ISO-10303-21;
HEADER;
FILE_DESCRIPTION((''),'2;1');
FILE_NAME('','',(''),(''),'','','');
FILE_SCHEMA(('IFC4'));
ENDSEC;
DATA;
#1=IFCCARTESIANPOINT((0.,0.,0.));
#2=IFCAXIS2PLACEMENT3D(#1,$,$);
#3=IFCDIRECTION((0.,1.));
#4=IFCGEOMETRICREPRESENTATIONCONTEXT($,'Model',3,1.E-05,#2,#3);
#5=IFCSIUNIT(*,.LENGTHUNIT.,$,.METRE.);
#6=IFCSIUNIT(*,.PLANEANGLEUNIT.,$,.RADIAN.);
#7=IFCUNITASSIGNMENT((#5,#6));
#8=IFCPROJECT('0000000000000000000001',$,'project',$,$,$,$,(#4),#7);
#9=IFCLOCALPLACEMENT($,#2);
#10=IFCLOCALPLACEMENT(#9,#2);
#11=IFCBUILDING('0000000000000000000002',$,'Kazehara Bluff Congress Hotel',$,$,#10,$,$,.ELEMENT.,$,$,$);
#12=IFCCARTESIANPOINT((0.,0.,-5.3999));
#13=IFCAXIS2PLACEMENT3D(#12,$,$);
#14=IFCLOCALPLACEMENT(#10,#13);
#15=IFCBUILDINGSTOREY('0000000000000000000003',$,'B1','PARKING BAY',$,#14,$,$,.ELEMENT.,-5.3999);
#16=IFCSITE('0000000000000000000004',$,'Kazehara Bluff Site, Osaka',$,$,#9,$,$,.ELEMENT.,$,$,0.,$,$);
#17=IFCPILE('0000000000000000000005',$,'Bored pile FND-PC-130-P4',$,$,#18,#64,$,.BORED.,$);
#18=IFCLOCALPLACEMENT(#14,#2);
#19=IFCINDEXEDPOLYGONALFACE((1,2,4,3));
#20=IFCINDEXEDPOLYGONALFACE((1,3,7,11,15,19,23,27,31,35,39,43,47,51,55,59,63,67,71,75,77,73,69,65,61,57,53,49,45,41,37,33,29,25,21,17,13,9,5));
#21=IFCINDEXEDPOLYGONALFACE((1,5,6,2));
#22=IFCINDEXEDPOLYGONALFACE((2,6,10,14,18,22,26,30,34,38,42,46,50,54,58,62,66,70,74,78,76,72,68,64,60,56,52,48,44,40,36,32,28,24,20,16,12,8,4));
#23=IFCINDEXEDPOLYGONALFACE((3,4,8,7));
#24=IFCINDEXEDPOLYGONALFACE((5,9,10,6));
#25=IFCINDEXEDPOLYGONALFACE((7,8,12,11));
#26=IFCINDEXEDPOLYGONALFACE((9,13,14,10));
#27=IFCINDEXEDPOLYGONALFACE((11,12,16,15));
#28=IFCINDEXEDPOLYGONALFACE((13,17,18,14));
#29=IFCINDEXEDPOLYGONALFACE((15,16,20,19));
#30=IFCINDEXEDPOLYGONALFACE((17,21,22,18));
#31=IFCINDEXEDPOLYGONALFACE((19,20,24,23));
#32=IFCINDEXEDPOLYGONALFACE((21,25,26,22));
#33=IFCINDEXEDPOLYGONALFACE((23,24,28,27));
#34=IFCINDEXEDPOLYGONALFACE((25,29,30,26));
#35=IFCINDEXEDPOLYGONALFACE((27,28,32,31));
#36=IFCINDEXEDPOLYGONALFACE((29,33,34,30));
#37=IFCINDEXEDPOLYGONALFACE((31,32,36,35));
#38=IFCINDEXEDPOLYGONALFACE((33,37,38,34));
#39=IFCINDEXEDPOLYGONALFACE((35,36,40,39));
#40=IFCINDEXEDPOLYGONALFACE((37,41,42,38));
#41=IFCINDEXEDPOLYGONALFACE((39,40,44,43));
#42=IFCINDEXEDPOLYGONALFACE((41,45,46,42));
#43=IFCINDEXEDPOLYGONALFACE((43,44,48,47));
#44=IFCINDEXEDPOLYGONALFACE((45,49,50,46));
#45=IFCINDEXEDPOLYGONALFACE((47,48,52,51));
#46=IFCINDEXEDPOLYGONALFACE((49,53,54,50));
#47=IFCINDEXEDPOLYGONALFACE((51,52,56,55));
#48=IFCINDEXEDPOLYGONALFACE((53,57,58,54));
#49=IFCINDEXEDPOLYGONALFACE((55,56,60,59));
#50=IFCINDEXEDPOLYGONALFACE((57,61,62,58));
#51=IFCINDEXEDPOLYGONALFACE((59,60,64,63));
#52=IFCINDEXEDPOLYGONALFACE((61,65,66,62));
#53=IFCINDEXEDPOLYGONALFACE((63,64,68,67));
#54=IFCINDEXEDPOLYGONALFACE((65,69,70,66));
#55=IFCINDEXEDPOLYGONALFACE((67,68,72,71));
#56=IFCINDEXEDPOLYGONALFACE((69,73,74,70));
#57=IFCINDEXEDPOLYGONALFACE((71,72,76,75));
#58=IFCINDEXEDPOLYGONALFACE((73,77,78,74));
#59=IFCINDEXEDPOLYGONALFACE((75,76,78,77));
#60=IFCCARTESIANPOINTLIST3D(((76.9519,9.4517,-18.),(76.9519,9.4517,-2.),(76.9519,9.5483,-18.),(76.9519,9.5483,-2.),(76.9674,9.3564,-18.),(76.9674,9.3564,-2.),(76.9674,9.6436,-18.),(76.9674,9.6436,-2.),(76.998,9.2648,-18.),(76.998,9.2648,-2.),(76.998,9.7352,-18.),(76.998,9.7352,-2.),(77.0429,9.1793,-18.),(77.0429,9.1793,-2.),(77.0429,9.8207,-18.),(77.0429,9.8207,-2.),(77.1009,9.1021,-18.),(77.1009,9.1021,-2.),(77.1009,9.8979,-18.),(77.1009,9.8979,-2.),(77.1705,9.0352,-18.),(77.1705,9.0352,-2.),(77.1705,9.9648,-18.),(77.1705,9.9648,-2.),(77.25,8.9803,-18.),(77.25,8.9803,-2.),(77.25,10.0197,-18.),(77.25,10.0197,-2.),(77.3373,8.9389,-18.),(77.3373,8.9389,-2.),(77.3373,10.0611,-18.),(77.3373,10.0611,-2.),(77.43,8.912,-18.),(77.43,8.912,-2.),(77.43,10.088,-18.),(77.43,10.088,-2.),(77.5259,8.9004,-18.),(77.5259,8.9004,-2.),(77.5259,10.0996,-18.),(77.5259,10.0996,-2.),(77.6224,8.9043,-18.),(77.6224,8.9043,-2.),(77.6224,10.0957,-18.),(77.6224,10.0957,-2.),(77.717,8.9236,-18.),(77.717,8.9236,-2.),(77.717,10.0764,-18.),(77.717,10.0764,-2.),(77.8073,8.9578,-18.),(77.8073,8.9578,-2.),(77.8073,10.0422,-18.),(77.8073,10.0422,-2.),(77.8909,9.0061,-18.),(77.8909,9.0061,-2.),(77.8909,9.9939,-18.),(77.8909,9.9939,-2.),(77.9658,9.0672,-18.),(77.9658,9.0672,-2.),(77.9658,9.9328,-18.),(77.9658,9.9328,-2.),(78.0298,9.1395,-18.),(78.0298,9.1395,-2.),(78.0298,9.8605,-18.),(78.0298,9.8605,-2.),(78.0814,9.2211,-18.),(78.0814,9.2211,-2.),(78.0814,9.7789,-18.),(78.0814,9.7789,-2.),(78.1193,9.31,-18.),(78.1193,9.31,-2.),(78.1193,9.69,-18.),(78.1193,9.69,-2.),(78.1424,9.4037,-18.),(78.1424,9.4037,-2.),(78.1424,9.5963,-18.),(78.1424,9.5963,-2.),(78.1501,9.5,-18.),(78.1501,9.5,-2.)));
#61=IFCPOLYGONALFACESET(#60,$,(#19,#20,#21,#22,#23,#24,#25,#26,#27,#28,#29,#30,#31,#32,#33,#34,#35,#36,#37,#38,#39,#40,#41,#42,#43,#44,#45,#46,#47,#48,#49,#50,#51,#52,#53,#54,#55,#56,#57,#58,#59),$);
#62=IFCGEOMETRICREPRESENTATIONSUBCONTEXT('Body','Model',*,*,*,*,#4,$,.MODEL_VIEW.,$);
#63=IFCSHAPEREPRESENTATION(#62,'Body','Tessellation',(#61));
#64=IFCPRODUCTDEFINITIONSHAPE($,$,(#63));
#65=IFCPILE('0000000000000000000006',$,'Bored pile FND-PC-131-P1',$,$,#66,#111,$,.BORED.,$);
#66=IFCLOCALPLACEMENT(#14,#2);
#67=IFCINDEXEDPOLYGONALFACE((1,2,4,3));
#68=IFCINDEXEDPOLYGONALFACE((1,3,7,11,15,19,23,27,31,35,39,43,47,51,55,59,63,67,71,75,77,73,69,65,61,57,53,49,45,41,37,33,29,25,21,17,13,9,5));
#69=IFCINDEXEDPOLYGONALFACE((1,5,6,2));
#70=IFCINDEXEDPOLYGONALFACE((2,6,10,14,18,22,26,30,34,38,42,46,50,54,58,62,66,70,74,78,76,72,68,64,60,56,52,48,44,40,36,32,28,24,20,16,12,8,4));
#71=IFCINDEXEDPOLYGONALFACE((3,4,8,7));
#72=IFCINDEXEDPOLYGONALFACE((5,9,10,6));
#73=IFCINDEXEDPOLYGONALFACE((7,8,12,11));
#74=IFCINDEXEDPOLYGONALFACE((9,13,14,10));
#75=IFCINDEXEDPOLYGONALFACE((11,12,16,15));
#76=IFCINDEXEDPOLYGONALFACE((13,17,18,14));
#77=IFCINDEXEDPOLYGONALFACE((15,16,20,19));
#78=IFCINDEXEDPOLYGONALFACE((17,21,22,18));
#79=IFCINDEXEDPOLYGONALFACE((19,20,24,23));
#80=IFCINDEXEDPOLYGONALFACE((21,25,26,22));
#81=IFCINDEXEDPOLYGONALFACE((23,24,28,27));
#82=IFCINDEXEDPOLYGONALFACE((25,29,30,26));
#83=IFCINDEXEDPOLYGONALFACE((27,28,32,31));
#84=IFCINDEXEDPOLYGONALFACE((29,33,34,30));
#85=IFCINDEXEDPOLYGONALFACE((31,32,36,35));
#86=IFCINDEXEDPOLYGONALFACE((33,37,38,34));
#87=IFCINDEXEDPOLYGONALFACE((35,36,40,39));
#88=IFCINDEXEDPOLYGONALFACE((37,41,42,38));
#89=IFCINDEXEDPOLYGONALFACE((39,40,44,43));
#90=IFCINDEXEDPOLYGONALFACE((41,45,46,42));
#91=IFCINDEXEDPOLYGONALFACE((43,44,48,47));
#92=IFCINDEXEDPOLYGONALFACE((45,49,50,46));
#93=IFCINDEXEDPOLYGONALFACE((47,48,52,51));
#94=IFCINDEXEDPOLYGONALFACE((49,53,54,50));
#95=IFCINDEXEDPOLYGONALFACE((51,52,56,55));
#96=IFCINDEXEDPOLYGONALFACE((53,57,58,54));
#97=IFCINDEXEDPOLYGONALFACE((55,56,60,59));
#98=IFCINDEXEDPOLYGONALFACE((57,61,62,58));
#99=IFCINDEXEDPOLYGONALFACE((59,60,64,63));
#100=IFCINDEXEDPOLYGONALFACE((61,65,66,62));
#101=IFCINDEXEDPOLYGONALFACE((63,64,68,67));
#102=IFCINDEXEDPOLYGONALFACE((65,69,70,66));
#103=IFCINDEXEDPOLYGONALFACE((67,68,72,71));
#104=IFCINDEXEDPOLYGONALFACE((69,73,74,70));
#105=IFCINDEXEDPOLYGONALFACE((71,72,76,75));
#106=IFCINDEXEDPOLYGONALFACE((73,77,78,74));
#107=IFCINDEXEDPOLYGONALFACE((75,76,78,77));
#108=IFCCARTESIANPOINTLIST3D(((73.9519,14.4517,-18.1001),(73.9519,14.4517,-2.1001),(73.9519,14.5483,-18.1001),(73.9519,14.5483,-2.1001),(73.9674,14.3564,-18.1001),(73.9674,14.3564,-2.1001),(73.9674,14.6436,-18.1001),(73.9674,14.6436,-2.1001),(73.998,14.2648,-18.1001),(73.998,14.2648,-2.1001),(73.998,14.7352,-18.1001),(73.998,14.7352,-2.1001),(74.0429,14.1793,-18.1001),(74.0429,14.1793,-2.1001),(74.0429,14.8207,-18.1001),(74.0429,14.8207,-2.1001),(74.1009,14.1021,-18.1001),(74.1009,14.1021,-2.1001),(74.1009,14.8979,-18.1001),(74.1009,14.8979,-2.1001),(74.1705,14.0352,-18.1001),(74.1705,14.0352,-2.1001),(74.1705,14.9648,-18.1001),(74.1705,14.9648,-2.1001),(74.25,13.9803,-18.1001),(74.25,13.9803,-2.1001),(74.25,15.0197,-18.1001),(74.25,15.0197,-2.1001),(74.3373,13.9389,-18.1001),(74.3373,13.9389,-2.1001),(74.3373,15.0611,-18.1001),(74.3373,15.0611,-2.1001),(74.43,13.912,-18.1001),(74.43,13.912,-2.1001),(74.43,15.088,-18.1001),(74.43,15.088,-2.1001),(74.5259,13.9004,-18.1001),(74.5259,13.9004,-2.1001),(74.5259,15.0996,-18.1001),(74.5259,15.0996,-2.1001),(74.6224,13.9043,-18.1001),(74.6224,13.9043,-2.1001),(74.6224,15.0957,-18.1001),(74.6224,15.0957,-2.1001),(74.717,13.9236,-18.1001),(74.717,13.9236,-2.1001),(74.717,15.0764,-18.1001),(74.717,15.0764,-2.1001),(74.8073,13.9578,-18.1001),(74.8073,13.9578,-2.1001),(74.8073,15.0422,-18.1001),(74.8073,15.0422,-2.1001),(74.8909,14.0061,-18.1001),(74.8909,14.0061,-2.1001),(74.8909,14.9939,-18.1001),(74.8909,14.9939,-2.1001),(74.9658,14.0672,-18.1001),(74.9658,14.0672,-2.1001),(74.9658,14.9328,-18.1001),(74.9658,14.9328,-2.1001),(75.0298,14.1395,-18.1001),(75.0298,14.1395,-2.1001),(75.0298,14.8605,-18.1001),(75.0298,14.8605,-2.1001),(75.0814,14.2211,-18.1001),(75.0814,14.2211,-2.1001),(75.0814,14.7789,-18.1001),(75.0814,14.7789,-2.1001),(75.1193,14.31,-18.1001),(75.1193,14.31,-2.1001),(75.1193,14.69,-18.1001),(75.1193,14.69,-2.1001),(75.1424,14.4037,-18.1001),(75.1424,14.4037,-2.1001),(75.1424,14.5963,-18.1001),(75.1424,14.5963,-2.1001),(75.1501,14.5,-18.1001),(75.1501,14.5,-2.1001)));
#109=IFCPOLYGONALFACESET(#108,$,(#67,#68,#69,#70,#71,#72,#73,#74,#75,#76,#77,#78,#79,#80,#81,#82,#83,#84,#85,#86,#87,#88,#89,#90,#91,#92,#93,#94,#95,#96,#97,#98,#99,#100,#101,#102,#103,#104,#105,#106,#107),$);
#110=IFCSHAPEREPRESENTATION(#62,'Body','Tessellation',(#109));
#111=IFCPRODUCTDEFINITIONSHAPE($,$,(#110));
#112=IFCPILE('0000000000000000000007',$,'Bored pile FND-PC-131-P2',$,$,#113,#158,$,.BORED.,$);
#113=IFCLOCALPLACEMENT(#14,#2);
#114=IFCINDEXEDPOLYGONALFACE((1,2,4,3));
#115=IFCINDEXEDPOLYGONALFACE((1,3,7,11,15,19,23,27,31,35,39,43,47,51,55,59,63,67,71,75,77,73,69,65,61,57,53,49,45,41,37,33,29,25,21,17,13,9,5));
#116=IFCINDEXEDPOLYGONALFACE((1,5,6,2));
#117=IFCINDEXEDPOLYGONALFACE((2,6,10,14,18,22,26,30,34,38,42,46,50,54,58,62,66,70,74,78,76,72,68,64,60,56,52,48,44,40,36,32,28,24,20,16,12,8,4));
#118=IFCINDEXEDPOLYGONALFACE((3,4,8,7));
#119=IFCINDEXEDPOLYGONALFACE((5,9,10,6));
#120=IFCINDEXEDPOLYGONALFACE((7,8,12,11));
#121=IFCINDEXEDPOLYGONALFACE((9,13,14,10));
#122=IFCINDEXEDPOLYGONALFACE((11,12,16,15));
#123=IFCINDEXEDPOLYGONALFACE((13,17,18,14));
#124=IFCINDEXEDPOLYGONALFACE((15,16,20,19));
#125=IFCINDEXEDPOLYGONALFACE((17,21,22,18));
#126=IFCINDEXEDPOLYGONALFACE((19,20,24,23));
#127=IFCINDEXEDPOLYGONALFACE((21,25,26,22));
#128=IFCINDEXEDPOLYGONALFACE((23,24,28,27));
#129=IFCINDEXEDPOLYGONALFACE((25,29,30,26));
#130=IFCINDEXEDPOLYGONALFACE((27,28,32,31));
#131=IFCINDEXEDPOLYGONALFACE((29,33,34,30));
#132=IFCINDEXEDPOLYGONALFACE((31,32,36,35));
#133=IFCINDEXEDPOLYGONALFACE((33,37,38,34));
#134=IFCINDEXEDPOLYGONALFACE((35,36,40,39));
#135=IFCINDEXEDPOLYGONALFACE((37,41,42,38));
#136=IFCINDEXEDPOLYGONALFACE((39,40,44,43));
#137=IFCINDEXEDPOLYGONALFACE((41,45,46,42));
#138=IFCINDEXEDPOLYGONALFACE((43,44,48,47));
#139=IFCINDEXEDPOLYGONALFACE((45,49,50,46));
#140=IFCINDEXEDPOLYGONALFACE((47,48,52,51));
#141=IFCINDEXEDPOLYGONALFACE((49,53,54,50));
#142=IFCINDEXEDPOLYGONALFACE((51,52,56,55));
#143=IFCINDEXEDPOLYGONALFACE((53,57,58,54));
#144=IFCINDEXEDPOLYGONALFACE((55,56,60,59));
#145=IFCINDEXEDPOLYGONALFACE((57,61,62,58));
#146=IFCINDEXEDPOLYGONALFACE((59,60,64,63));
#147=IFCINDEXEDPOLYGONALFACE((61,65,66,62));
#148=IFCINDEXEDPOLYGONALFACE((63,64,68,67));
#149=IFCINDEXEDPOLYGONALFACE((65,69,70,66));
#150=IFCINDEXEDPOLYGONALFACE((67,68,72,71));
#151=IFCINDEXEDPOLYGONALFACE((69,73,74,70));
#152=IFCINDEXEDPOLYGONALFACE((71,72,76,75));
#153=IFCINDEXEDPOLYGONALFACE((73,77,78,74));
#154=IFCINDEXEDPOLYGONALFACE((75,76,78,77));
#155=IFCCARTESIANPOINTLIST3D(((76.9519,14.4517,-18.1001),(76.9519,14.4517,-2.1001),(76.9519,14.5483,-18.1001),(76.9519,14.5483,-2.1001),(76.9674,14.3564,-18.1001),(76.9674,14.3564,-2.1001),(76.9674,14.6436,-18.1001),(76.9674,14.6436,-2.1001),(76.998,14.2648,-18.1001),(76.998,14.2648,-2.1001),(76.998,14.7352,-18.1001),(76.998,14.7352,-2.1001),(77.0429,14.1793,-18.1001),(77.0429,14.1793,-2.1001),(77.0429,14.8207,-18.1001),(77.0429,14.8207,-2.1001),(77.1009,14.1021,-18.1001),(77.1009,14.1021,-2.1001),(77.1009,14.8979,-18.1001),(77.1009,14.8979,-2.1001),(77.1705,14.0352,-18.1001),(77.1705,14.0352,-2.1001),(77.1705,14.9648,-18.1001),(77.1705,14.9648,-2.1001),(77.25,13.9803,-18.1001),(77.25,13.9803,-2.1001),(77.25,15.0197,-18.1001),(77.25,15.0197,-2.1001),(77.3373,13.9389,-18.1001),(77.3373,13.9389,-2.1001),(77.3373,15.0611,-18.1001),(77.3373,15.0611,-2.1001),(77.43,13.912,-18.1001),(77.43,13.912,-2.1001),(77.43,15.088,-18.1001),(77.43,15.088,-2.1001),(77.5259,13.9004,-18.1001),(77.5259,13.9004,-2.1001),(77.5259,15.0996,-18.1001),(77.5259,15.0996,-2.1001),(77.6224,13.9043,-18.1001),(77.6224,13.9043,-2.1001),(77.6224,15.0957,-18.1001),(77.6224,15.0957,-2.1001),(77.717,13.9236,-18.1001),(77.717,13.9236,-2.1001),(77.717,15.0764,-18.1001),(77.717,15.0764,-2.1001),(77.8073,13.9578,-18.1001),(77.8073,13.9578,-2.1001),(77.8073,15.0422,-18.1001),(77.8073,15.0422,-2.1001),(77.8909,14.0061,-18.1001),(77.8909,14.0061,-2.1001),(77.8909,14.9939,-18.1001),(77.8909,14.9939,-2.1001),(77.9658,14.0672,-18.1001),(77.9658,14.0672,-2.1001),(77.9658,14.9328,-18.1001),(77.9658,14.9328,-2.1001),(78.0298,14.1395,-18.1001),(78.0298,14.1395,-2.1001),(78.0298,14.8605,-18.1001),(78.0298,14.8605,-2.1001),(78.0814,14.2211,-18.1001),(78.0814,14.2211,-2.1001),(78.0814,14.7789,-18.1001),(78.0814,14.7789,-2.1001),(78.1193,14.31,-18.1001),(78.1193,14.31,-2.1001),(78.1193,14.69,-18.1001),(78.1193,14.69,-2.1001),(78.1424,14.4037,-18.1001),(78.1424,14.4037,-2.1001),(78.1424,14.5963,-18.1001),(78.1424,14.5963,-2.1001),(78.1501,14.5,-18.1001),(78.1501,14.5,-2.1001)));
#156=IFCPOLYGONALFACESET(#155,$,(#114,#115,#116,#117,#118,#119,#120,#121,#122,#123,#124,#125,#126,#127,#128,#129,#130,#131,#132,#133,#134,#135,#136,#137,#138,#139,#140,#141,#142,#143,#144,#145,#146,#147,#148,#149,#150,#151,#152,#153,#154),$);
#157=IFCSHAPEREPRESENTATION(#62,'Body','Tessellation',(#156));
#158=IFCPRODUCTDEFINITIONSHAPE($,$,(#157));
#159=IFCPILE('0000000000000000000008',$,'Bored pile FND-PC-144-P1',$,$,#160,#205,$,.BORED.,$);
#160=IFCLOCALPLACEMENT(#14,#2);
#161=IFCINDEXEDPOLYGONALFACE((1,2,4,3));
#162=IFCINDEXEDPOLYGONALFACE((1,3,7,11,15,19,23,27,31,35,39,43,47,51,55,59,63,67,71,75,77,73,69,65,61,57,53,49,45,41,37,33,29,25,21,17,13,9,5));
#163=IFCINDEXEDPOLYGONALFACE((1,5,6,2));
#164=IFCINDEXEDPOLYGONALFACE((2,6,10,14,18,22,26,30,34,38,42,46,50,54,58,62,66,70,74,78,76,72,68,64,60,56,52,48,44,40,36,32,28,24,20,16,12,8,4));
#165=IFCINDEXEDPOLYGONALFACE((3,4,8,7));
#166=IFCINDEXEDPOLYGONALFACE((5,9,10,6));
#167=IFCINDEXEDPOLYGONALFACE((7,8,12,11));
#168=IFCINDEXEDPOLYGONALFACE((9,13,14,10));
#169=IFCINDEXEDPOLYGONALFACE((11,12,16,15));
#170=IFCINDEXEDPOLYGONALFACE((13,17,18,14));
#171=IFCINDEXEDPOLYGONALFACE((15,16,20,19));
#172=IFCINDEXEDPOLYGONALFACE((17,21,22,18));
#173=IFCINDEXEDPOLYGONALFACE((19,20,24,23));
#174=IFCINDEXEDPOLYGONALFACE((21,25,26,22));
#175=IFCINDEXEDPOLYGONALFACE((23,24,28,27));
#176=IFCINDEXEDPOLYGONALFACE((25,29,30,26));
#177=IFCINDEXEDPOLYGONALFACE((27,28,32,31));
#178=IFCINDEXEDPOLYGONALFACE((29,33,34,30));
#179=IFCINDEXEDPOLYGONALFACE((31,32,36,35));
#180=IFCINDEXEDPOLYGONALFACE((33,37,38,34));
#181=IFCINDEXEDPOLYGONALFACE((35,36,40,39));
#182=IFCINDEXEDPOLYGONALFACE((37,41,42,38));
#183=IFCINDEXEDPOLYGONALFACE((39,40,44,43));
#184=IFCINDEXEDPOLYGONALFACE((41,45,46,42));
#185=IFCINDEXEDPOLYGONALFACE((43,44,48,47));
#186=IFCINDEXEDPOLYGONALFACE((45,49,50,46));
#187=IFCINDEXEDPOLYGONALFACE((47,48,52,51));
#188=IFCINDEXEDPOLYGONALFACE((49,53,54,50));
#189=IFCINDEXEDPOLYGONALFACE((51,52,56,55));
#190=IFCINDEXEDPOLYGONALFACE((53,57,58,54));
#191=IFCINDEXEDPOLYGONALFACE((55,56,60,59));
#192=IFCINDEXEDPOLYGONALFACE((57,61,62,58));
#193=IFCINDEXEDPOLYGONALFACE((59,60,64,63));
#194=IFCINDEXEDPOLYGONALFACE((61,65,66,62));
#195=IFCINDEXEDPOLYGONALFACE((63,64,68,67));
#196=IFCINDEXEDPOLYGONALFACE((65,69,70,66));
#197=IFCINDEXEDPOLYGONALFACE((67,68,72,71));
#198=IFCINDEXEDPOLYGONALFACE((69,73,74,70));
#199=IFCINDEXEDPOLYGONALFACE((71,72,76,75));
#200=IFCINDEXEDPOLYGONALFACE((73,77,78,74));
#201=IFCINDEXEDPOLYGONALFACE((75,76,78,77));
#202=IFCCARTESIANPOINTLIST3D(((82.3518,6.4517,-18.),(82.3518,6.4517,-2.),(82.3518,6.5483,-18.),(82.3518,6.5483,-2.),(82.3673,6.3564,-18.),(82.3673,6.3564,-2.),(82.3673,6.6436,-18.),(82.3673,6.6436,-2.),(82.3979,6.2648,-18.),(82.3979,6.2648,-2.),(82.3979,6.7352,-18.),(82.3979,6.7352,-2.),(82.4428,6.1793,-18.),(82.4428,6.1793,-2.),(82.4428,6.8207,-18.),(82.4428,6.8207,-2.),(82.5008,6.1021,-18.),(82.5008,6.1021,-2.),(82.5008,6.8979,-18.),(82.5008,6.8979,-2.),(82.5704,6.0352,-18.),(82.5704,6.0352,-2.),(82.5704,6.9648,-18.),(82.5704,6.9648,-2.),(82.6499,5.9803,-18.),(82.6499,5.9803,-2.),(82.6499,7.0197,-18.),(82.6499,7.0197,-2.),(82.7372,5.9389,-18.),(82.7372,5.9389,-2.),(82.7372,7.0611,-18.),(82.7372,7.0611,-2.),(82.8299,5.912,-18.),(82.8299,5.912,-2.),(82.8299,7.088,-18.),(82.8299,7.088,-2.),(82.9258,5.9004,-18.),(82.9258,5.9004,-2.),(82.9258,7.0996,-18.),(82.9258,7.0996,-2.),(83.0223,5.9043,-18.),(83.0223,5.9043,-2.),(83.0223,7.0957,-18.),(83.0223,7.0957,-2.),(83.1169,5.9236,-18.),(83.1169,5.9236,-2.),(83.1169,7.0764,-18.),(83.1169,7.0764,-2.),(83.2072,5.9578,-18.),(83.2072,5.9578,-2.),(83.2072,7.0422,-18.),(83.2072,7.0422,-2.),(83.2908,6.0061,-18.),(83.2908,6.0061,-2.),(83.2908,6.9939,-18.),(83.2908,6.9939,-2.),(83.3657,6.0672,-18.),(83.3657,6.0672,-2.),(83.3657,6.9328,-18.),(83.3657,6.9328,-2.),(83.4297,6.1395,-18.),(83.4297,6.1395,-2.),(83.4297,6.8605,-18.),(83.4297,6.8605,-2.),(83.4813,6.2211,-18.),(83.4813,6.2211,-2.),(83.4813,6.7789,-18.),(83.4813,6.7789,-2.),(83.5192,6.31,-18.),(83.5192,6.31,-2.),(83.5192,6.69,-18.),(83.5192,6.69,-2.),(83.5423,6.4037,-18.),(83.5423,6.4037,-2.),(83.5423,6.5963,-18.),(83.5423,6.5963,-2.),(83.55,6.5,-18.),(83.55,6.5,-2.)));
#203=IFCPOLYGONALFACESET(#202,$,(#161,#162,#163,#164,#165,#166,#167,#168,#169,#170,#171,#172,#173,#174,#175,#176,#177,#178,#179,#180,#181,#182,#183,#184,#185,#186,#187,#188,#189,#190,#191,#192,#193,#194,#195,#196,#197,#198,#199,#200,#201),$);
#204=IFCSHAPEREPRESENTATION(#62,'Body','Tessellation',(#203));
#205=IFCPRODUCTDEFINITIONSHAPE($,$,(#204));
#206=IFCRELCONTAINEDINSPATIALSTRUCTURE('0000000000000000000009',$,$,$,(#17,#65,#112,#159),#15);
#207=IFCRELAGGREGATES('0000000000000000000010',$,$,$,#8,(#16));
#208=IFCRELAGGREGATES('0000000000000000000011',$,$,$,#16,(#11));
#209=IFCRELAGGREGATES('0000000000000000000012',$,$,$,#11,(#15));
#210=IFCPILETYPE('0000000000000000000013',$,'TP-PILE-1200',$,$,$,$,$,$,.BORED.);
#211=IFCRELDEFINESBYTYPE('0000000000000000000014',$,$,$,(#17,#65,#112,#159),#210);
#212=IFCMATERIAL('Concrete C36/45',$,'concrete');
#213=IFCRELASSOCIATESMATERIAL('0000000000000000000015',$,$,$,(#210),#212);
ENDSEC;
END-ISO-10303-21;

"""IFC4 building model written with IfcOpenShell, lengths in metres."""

from ifc_helpers import new_model, si_unit, direction, frame, origin, origin_2d, place, context, subcontext, project, spatial, circle, extrude, material, material_profile, profile_set, type_object, element, save


model = new_model("IFC4")

# Units and contexts
model_context = context("Model", 3, precision=1e-05, world=origin(), true_north=direction((0.0, 1.0)))
body_context = subcontext(model_context, "Body", "Model", "MODEL_VIEW")
ifc_project = project(units=[si_unit("LENGTHUNIT", "METRE"), si_unit("PLANEANGLEUNIT", "RADIAN")], contexts=[model_context])

# Site, building, storey
site_placement = place(None, origin())
site = spatial("IfcSite", under=ifc_project, at=site_placement, Name="Kazehara Bluff Site, Osaka", CompositionType="ELEMENT", RefElevation=0.0)
building_placement = place(site_placement, origin())
building = spatial("IfcBuilding", under=site, at=building_placement, Name="Kazehara Bluff Congress Hotel", CompositionType="ELEMENT")
storey_placement = place(building_placement, frame((0.0, 0.0, -5.3999)))
storey = spatial("IfcBuildingStorey", under=building, at=storey_placement, Name="B1", Description="PARKING BAY", CompositionType="ELEMENT", Elevation=-5.3999)

# Piles
ifc_material_1 = material(Name="Concrete C36/45", Category="concrete")
ifc_material_profile_1 = material_profile(ifc_material_1, circle(Radius=0.6001, at=origin_2d()))
ifc_profile_set_1 = profile_set([ifc_material_profile_1], Name="Concrete C36/45")
pile_type = type_object("IfcPileType", Name="TP-PILE-1200", PredefinedType="BORED", material=ifc_profile_set_1)
for number, where, z_axis, x_axis, name in (
    (1, (77.55, 9.5, -2.0), (0.0, 0.0, -1.0), (1.0, 0.0, 0.0), "Bored pile FND-PC-130-P4"),
    (2, (74.55, 14.5, -2.1001), (0.0, 0.0, -1.0), (1.0, 0.0, 0.0), "Bored pile FND-PC-131-P1"),
    (3, (77.55, 14.5, -2.1001), (0.0, 0.0, -1.0), (1.0, 0.0, 0.0), "Bored pile FND-PC-131-P2"),
    (4, (82.95, 6.5, -2.0), (0.0, 0.0, -1.0), (1.0, 0.0, 0.0), "Bored pile FND-PC-144-P1"),
):
    element("IfcPile", number, at=place(storey_placement, frame(where, z_axis=z_axis, x_axis=x_axis)), inside=storey, type_object=pile_type, Name=name, PredefinedType="BORED", context=body_context, shape_type="SweptSolid", body=[
        extrude(circle(Radius=0.6001, at=origin_2d()), origin(), (0.0, 0.0, 1.0), 16.0),
    ])

save(model, "model.ifc")
